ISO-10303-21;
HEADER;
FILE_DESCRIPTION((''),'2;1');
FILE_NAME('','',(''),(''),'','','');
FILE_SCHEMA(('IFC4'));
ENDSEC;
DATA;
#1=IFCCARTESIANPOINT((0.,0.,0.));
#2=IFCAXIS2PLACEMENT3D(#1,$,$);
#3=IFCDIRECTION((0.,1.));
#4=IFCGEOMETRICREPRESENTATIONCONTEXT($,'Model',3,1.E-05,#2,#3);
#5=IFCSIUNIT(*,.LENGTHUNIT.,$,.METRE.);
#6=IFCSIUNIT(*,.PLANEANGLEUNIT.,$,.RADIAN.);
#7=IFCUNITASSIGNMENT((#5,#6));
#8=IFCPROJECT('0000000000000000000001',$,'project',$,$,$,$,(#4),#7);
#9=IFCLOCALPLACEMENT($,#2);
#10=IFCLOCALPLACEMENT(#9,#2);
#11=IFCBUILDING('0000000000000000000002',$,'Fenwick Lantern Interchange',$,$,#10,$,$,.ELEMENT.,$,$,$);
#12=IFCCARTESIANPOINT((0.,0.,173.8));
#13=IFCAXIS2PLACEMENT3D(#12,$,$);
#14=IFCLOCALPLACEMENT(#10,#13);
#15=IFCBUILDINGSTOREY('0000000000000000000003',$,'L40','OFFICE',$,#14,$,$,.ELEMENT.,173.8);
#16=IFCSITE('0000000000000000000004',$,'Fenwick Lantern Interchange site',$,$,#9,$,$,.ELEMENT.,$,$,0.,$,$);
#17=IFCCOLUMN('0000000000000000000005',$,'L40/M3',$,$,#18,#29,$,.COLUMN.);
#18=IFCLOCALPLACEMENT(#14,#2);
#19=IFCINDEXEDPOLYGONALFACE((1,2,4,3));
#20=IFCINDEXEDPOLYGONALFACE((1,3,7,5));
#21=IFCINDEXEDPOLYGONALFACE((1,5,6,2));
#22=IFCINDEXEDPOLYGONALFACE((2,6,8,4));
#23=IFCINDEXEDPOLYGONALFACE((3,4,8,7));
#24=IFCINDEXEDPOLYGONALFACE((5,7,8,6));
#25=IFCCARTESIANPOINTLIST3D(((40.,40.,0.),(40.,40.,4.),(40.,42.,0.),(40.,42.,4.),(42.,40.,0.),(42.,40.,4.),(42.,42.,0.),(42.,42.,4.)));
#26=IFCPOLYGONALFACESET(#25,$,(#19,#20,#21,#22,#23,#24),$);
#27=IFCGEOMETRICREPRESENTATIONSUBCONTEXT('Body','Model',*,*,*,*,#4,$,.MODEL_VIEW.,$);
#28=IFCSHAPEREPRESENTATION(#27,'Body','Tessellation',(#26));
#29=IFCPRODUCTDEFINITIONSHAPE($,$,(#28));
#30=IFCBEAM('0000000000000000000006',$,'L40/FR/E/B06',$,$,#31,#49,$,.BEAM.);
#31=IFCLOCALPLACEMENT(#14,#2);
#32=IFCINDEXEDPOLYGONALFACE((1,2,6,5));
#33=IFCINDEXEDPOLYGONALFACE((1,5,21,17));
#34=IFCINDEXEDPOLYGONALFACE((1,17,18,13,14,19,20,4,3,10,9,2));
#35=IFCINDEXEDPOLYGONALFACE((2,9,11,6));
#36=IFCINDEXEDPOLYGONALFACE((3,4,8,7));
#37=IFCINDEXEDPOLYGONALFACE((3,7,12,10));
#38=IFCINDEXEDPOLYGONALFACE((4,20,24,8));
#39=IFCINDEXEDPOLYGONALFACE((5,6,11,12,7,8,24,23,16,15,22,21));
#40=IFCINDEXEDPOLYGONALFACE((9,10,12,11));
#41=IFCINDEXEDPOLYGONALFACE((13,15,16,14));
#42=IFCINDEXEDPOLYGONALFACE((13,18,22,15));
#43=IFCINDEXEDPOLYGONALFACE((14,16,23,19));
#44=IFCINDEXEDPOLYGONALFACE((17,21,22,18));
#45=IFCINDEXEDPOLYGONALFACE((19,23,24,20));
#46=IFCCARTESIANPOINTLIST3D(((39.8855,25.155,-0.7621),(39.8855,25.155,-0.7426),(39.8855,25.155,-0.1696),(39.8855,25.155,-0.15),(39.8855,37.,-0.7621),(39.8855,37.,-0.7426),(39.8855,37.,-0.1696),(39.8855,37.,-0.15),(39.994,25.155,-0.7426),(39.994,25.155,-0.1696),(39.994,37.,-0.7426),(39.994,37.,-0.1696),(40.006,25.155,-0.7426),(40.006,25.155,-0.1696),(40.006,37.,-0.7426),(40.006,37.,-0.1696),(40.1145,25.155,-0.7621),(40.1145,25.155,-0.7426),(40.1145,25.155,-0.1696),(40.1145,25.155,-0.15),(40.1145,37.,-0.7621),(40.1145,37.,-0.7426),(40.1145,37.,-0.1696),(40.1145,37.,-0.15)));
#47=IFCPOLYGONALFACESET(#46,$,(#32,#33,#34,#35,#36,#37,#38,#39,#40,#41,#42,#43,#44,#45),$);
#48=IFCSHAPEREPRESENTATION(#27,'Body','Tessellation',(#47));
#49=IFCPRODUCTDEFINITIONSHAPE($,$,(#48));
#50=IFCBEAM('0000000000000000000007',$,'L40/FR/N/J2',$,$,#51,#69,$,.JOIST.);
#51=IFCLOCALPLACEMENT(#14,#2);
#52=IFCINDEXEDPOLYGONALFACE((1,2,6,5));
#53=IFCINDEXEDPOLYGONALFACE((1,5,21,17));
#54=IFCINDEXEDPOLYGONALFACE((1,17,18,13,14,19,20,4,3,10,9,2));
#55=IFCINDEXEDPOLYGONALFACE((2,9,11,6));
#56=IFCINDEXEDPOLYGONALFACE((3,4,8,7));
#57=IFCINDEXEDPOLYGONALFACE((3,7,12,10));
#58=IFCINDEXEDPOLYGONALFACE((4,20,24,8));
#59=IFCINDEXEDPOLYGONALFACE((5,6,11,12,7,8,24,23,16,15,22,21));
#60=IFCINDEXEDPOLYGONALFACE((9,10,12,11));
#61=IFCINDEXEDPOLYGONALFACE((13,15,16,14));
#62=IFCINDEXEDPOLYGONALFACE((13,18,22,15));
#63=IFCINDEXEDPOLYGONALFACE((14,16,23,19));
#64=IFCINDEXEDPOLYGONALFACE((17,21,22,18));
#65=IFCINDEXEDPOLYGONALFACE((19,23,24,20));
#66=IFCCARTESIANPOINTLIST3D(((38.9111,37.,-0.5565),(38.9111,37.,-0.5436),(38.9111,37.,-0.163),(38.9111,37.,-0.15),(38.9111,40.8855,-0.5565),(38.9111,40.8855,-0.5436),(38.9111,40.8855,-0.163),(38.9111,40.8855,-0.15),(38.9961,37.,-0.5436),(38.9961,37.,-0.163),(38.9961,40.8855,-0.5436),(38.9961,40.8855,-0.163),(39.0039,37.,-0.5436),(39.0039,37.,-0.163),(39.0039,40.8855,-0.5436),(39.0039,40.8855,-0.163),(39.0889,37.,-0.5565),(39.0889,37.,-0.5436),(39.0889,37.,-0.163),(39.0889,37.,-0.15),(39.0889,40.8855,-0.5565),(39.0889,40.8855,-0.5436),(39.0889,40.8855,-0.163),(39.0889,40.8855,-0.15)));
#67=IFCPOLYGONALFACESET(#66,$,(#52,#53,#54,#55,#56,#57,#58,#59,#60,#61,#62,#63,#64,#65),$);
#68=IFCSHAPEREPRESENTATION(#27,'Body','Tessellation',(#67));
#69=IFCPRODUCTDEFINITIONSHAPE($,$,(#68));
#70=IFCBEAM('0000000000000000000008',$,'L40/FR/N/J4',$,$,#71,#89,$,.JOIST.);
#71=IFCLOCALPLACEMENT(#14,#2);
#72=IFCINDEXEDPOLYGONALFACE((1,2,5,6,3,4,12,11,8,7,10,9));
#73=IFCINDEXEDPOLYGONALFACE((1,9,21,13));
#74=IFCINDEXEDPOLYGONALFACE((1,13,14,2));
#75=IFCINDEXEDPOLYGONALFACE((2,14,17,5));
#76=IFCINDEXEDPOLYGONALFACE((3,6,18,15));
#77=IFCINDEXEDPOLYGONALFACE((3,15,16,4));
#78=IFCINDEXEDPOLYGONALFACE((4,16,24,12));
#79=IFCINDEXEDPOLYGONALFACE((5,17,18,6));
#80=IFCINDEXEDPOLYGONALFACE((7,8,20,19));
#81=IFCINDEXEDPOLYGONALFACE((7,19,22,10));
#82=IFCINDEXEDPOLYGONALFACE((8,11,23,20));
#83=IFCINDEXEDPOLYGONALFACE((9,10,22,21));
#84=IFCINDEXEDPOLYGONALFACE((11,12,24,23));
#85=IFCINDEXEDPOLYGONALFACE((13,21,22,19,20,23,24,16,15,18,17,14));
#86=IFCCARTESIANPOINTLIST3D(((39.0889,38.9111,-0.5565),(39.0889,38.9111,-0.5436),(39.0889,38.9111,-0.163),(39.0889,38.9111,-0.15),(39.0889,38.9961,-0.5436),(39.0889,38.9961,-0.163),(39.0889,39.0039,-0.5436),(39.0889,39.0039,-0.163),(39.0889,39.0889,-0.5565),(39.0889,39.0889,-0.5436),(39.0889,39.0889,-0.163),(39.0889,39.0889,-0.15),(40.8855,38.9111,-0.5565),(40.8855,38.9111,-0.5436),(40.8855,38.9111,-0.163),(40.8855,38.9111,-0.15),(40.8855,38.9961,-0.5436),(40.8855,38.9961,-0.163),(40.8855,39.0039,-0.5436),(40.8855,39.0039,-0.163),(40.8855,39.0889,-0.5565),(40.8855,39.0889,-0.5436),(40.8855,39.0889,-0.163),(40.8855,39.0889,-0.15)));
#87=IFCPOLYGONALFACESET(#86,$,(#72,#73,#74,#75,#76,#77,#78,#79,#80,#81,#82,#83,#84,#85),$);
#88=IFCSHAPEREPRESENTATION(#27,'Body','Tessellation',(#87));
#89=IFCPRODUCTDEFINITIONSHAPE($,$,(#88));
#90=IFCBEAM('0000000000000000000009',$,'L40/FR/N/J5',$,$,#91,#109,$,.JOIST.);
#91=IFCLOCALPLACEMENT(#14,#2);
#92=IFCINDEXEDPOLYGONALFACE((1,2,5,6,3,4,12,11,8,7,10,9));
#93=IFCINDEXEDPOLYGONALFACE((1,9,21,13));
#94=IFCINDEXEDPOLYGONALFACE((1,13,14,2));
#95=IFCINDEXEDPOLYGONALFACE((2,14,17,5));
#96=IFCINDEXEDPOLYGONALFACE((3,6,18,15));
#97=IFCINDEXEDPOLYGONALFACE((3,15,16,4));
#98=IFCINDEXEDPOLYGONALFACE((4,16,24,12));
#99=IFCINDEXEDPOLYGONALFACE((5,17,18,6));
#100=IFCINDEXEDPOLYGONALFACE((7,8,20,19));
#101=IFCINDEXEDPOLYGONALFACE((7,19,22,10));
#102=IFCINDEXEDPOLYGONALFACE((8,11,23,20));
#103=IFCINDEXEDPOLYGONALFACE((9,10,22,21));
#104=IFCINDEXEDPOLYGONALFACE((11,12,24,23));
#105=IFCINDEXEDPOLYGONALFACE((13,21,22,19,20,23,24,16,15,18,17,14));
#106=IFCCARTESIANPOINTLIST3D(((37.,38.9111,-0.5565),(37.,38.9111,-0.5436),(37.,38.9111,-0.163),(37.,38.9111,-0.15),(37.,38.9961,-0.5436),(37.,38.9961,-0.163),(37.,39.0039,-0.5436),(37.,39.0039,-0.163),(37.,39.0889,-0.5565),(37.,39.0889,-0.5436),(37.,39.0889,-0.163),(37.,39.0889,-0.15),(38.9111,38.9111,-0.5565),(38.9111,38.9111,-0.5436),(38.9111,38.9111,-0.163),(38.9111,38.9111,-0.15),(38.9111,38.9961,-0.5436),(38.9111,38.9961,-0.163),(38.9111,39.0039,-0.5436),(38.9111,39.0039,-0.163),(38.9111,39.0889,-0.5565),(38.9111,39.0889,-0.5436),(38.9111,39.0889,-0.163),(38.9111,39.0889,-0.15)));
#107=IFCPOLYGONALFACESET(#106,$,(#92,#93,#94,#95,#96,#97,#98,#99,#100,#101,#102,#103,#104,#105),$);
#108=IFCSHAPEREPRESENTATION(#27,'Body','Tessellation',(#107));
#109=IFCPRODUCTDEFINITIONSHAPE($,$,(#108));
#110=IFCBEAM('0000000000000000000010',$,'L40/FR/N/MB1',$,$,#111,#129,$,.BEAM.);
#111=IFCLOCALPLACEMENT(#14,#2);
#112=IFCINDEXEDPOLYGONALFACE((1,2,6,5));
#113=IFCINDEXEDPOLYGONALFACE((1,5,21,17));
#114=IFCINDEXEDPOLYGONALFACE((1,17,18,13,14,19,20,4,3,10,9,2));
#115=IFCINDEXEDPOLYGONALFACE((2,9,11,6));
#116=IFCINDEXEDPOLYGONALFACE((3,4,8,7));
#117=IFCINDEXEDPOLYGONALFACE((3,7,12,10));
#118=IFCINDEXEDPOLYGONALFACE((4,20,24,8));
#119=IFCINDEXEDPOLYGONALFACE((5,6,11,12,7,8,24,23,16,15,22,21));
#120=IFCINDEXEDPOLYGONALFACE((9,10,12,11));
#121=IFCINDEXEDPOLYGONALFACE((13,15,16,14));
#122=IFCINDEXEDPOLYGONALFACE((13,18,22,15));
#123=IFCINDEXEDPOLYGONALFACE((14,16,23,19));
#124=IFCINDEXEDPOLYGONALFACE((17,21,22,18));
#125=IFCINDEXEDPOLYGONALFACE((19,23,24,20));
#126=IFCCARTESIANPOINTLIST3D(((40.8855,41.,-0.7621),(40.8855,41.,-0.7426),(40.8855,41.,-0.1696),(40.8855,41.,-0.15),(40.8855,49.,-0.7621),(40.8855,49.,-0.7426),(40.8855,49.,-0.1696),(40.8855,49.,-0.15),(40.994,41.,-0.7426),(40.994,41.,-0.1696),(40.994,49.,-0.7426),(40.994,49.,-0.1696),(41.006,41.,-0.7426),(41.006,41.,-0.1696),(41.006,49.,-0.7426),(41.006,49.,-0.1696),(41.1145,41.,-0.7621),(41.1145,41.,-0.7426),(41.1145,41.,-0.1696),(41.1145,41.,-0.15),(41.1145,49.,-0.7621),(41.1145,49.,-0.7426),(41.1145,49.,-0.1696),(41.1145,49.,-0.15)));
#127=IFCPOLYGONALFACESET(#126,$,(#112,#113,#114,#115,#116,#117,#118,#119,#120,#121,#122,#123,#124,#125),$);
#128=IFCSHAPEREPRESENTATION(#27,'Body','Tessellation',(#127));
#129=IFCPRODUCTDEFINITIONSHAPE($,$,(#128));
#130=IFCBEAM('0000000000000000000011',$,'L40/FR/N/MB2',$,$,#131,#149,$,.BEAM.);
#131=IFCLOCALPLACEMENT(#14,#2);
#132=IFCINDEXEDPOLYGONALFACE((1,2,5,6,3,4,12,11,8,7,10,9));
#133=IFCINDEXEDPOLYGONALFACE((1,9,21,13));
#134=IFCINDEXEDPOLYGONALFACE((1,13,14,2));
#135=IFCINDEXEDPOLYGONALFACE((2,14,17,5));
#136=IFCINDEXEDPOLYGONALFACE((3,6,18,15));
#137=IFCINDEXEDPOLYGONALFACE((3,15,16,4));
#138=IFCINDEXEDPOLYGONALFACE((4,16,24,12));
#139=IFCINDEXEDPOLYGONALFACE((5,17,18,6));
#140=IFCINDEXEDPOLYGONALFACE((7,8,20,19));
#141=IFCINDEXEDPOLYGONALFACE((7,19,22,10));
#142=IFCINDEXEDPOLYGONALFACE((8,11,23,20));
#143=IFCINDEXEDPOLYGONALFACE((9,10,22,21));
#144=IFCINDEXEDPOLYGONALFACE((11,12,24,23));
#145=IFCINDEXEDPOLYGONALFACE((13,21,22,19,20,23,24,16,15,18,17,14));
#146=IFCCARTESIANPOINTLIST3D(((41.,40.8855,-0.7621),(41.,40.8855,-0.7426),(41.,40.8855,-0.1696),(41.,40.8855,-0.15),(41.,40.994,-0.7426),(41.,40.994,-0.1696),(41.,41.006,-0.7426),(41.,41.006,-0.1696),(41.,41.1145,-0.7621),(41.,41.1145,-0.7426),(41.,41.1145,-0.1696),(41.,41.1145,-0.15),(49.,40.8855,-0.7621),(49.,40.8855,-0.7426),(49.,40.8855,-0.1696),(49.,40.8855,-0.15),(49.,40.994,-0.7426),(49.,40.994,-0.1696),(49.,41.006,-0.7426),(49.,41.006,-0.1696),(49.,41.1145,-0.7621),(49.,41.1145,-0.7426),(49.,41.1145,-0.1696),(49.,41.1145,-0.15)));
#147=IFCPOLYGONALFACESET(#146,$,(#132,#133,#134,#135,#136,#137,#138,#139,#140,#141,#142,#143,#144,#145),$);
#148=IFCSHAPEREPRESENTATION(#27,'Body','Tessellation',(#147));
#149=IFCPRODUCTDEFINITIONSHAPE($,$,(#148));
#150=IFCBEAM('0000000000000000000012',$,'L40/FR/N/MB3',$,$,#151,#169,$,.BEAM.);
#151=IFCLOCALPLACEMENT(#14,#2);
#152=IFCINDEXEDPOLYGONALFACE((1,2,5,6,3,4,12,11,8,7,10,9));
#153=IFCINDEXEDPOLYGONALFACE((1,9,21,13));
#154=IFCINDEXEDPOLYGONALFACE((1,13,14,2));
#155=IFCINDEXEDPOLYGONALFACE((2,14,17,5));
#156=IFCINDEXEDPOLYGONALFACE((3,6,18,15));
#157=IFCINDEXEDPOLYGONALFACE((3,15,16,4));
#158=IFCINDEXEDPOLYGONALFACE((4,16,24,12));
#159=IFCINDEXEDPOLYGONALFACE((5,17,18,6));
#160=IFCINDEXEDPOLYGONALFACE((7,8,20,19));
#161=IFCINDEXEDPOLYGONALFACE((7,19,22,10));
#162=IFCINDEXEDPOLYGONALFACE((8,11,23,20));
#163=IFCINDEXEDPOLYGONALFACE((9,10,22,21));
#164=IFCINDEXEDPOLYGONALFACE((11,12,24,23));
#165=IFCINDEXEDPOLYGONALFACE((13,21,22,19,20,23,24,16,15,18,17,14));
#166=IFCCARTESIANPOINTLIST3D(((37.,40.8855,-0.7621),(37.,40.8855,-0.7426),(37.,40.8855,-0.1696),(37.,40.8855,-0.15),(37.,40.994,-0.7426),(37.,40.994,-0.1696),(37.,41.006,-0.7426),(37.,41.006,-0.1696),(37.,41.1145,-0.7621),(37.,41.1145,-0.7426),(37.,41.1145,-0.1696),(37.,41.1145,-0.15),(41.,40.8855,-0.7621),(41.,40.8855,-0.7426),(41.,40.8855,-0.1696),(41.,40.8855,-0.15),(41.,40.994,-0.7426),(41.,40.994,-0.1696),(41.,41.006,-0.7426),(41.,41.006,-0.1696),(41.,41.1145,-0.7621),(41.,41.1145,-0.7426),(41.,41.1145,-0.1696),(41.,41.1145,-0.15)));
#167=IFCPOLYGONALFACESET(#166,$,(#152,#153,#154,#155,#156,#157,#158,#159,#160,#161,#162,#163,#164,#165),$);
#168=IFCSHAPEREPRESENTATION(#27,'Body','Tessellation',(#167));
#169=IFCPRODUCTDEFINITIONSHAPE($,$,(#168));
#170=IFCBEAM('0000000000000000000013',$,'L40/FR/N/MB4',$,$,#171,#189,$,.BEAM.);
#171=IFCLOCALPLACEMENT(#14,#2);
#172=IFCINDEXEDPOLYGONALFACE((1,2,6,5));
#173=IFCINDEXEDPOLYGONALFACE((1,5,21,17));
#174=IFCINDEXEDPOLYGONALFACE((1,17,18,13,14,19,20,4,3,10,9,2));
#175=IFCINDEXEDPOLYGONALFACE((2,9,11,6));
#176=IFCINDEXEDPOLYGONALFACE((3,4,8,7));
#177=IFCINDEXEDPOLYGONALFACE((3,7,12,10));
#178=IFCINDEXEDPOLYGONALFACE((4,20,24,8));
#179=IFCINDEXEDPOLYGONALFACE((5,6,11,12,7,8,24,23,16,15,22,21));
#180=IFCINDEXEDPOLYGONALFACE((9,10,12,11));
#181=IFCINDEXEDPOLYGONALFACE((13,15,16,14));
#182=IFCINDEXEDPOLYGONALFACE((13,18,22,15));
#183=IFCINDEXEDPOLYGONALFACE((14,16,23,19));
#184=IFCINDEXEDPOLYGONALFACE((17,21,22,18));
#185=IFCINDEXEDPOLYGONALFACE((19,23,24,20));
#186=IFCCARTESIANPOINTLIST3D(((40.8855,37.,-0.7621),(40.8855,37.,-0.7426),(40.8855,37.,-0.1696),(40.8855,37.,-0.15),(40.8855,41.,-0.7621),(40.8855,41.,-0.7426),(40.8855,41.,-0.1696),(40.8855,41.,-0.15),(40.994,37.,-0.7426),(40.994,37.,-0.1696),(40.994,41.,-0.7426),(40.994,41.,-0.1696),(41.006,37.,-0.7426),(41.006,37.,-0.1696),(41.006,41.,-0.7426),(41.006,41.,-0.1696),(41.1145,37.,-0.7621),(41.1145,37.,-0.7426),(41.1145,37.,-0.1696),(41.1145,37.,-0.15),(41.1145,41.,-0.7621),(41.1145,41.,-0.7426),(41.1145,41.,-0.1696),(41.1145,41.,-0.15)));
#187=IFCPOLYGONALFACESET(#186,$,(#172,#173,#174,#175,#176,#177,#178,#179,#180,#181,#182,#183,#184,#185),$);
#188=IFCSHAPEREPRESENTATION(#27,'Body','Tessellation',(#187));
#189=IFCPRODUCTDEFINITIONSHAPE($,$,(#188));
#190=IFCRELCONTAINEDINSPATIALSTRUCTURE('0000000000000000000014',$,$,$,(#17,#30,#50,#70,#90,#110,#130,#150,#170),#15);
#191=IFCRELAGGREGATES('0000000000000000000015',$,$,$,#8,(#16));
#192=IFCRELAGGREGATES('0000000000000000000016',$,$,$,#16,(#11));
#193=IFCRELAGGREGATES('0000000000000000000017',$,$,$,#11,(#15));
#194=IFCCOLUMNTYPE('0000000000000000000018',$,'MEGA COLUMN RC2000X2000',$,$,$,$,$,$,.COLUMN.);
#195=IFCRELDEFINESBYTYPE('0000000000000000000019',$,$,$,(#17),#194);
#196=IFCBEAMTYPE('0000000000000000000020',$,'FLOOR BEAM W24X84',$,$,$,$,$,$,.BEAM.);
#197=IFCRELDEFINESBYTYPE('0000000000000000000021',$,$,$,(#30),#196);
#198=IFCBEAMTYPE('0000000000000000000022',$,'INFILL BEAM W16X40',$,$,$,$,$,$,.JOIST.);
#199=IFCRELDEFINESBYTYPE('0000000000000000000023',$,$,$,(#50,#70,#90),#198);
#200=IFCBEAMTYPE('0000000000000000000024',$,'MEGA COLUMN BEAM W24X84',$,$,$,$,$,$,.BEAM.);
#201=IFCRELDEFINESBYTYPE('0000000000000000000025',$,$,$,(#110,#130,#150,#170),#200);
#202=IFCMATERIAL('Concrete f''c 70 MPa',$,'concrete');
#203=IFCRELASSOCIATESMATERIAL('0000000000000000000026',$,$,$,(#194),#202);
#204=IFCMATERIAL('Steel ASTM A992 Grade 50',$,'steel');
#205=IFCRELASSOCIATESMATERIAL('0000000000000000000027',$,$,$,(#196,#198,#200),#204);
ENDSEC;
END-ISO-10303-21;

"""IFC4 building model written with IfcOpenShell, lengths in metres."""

from ifc_helpers import new_model, si_unit, direction, frame, origin, origin_2d, place, context, subcontext, project, spatial, rectangle, i_section, extrude, material, material_profile, profile_set, type_object, element, save


model = new_model("IFC4")

# Units and contexts
model_context = context("Model", 3, precision=1e-05, world=origin(), true_north=direction((0.0, 1.0)))
body_context = subcontext(model_context, "Body", "Model", "MODEL_VIEW")
ifc_project = project(units=[si_unit("LENGTHUNIT", "METRE"), si_unit("PLANEANGLEUNIT", "RADIAN")], contexts=[model_context])

# Site, building, storey
site_placement = place(None, origin())
site = spatial("IfcSite", under=ifc_project, at=site_placement, Name="Fenwick Lantern Interchange site", CompositionType="ELEMENT", RefElevation=0.0)
building_placement = place(site_placement, origin())
building = spatial("IfcBuilding", under=site, at=building_placement, Name="Fenwick Lantern Interchange", CompositionType="ELEMENT")
storey_placement = place(building_placement, frame((0.0, 0.0, 173.8)))
storey = spatial("IfcBuildingStorey", under=building, at=storey_placement, Name="L40", Description="OFFICE", CompositionType="ELEMENT", Elevation=173.8)

# Column
ifc_material_1 = material(Name="Concrete f'c 70 MPa", Category="concrete")
ifc_material_profile_1 = material_profile(ifc_material_1, rectangle(XDim=2.0, YDim=2.0, at=origin_2d()), Name="RC2000X2000")
ifc_profile_set_1 = profile_set([ifc_material_profile_1], Name="Concrete f'c 70 MPa")
column_type = type_object("IfcColumnType", Name="MEGA COLUMN RC2000X2000", PredefinedType="COLUMN", material=ifc_profile_set_1)
column_placement = place(storey_placement, frame((41.0, 41.0, 0.0), z_axis=(0.0, 0.0, 1.0), x_axis=(1.0, 0.0, 0.0)))
element("IfcColumn", 1, at=column_placement, inside=storey, type_object=column_type, Name="L40/M3", PredefinedType="COLUMN", context=body_context, shape_type="SweptSolid", body=[
    extrude(rectangle(XDim=2.0, YDim=2.0, at=origin_2d()), origin(), (0.0, 0.0, 1.0), 4.0),
])

# Beams
ifc_material_2 = material(Name="Steel ASTM A992 Grade 50", Category="steel")
ifc_material_profile_2 = material_profile(ifc_material_2, i_section(OverallWidth=0.229, OverallDepth=0.6121, WebThickness=0.012, FlangeThickness=0.0195, at=origin_2d()), Name="W24X84")
ifc_profile_set_2 = profile_set([ifc_material_profile_2], Name="Steel ASTM A992 Grade 50")
beam_type_1 = type_object("IfcBeamType", Name="FLOOR BEAM W24X84", PredefinedType="BEAM", material=ifc_profile_set_2)
beam_1_placement = place(storey_placement, frame((40.0, 25.155, -0.4561), z_axis=(0.0, 1.0, 0.0), x_axis=(-1.0, 0.0, 0.0)))
element("IfcBeam", 2, at=beam_1_placement, inside=storey, type_object=beam_type_1, Name="L40/FR/E/B06", PredefinedType="BEAM", context=body_context, shape_type="SweptSolid", body=[
    extrude(i_section(OverallWidth=0.229, OverallDepth=0.6121, WebThickness=0.012, FlangeThickness=0.0195, at=origin_2d()), origin(), (0.0, 0.0, 1.0), 11.845),
])
ifc_material_profile_3 = material_profile(ifc_material_2, i_section(OverallWidth=0.1777, OverallDepth=0.4065, WebThickness=0.0078, FlangeThickness=0.0129, at=origin_2d()), Name="W16X40")
ifc_profile_set_3 = profile_set([ifc_material_profile_3], Name="Steel ASTM A992 Grade 50")
beam_type_2 = type_object("IfcBeamType", Name="INFILL BEAM W16X40", PredefinedType="JOIST", material=ifc_profile_set_3)
beam_2_placement = place(storey_placement, frame((39.0, 40.8855, -0.3533), z_axis=(0.0, -1.0, 0.0), x_axis=(1.0, 0.0, 0.0)))
element("IfcBeam", 3, at=beam_2_placement, inside=storey, type_object=beam_type_2, Name="L40/FR/N/J2", PredefinedType="JOIST", context=body_context, shape_type="SweptSolid", body=[
    extrude(i_section(OverallWidth=0.1777, OverallDepth=0.4065, WebThickness=0.0078, FlangeThickness=0.0129, at=origin_2d()), origin(), (0.0, 0.0, 1.0), 3.8855),
])
beam_3_placement = place(storey_placement, frame((40.8855, 39.0, -0.3533), z_axis=(-1.0, 0.0, 0.0), x_axis=(0.0, -1.0, 0.0)))
element("IfcBeam", 4, at=beam_3_placement, inside=storey, type_object=beam_type_2, Name="L40/FR/N/J4", PredefinedType="JOIST", context=body_context, shape_type="SweptSolid", body=[
    extrude(i_section(OverallWidth=0.1777, OverallDepth=0.4065, WebThickness=0.0078, FlangeThickness=0.0129, at=origin_2d()), origin(), (0.0, 0.0, 1.0), 1.7966),
])
beam_4_placement = place(storey_placement, frame((38.9111, 39.0, -0.3533), z_axis=(-1.0, 0.0, 0.0), x_axis=(0.0, -1.0, 0.0)))
element("IfcBeam", 5, at=beam_4_placement, inside=storey, type_object=beam_type_2, Name="L40/FR/N/J5", PredefinedType="JOIST", context=body_context, shape_type="SweptSolid", body=[
    extrude(i_section(OverallWidth=0.1777, OverallDepth=0.4065, WebThickness=0.0078, FlangeThickness=0.0129, at=origin_2d()), origin(), (0.0, 0.0, 1.0), 1.9111),
])
ifc_material_profile_4 = material_profile(ifc_material_2, i_section(OverallWidth=0.229, OverallDepth=0.6121, WebThickness=0.012, FlangeThickness=0.0195, at=origin_2d()), Name="W24X84")
ifc_profile_set_4 = profile_set([ifc_material_profile_4], Name="Steel ASTM A992 Grade 50")
beam_type_3 = type_object("IfcBeamType", Name="MEGA COLUMN BEAM W24X84", PredefinedType="BEAM", material=ifc_profile_set_4)
for number, where, z_axis, x_axis, name in (
    (6, (41.0, 41.0, -0.4561), (0.0, 1.0, 0.0), (-1.0, 0.0, 0.0), "L40/FR/N/MB1"),
    (7, (41.0, 41.0, -0.4561), (1.0, 0.0, 0.0), (0.0, 1.0, 0.0), "L40/FR/N/MB2"),
):
    element("IfcBeam", number, at=place(storey_placement, frame(where, z_axis=z_axis, x_axis=x_axis)), inside=storey, type_object=beam_type_3, Name=name, PredefinedType="BEAM", context=body_context, shape_type="SweptSolid", body=[
        extrude(i_section(OverallWidth=0.229, OverallDepth=0.6121, WebThickness=0.012, FlangeThickness=0.0195, at=origin_2d()), origin(), (0.0, 0.0, 1.0), 8.0),
    ])
for number, where, z_axis, x_axis, name in (
    (8, (41.0, 41.0, -0.4561), (-1.0, 0.0, 0.0), (0.0, -1.0, 0.0), "L40/FR/N/MB3"),
    (9, (41.0, 41.0, -0.4561), (0.0, -1.0, 0.0), (1.0, 0.0, 0.0), "L40/FR/N/MB4"),
):
    element("IfcBeam", number, at=place(storey_placement, frame(where, z_axis=z_axis, x_axis=x_axis)), inside=storey, type_object=beam_type_3, Name=name, PredefinedType="BEAM", context=body_context, shape_type="SweptSolid", body=[
        extrude(i_section(OverallWidth=0.229, OverallDepth=0.6121, WebThickness=0.012, FlangeThickness=0.0195, at=origin_2d()), origin(), (0.0, 0.0, 1.0), 4.0),
    ])

save(model, "model.ifc")
